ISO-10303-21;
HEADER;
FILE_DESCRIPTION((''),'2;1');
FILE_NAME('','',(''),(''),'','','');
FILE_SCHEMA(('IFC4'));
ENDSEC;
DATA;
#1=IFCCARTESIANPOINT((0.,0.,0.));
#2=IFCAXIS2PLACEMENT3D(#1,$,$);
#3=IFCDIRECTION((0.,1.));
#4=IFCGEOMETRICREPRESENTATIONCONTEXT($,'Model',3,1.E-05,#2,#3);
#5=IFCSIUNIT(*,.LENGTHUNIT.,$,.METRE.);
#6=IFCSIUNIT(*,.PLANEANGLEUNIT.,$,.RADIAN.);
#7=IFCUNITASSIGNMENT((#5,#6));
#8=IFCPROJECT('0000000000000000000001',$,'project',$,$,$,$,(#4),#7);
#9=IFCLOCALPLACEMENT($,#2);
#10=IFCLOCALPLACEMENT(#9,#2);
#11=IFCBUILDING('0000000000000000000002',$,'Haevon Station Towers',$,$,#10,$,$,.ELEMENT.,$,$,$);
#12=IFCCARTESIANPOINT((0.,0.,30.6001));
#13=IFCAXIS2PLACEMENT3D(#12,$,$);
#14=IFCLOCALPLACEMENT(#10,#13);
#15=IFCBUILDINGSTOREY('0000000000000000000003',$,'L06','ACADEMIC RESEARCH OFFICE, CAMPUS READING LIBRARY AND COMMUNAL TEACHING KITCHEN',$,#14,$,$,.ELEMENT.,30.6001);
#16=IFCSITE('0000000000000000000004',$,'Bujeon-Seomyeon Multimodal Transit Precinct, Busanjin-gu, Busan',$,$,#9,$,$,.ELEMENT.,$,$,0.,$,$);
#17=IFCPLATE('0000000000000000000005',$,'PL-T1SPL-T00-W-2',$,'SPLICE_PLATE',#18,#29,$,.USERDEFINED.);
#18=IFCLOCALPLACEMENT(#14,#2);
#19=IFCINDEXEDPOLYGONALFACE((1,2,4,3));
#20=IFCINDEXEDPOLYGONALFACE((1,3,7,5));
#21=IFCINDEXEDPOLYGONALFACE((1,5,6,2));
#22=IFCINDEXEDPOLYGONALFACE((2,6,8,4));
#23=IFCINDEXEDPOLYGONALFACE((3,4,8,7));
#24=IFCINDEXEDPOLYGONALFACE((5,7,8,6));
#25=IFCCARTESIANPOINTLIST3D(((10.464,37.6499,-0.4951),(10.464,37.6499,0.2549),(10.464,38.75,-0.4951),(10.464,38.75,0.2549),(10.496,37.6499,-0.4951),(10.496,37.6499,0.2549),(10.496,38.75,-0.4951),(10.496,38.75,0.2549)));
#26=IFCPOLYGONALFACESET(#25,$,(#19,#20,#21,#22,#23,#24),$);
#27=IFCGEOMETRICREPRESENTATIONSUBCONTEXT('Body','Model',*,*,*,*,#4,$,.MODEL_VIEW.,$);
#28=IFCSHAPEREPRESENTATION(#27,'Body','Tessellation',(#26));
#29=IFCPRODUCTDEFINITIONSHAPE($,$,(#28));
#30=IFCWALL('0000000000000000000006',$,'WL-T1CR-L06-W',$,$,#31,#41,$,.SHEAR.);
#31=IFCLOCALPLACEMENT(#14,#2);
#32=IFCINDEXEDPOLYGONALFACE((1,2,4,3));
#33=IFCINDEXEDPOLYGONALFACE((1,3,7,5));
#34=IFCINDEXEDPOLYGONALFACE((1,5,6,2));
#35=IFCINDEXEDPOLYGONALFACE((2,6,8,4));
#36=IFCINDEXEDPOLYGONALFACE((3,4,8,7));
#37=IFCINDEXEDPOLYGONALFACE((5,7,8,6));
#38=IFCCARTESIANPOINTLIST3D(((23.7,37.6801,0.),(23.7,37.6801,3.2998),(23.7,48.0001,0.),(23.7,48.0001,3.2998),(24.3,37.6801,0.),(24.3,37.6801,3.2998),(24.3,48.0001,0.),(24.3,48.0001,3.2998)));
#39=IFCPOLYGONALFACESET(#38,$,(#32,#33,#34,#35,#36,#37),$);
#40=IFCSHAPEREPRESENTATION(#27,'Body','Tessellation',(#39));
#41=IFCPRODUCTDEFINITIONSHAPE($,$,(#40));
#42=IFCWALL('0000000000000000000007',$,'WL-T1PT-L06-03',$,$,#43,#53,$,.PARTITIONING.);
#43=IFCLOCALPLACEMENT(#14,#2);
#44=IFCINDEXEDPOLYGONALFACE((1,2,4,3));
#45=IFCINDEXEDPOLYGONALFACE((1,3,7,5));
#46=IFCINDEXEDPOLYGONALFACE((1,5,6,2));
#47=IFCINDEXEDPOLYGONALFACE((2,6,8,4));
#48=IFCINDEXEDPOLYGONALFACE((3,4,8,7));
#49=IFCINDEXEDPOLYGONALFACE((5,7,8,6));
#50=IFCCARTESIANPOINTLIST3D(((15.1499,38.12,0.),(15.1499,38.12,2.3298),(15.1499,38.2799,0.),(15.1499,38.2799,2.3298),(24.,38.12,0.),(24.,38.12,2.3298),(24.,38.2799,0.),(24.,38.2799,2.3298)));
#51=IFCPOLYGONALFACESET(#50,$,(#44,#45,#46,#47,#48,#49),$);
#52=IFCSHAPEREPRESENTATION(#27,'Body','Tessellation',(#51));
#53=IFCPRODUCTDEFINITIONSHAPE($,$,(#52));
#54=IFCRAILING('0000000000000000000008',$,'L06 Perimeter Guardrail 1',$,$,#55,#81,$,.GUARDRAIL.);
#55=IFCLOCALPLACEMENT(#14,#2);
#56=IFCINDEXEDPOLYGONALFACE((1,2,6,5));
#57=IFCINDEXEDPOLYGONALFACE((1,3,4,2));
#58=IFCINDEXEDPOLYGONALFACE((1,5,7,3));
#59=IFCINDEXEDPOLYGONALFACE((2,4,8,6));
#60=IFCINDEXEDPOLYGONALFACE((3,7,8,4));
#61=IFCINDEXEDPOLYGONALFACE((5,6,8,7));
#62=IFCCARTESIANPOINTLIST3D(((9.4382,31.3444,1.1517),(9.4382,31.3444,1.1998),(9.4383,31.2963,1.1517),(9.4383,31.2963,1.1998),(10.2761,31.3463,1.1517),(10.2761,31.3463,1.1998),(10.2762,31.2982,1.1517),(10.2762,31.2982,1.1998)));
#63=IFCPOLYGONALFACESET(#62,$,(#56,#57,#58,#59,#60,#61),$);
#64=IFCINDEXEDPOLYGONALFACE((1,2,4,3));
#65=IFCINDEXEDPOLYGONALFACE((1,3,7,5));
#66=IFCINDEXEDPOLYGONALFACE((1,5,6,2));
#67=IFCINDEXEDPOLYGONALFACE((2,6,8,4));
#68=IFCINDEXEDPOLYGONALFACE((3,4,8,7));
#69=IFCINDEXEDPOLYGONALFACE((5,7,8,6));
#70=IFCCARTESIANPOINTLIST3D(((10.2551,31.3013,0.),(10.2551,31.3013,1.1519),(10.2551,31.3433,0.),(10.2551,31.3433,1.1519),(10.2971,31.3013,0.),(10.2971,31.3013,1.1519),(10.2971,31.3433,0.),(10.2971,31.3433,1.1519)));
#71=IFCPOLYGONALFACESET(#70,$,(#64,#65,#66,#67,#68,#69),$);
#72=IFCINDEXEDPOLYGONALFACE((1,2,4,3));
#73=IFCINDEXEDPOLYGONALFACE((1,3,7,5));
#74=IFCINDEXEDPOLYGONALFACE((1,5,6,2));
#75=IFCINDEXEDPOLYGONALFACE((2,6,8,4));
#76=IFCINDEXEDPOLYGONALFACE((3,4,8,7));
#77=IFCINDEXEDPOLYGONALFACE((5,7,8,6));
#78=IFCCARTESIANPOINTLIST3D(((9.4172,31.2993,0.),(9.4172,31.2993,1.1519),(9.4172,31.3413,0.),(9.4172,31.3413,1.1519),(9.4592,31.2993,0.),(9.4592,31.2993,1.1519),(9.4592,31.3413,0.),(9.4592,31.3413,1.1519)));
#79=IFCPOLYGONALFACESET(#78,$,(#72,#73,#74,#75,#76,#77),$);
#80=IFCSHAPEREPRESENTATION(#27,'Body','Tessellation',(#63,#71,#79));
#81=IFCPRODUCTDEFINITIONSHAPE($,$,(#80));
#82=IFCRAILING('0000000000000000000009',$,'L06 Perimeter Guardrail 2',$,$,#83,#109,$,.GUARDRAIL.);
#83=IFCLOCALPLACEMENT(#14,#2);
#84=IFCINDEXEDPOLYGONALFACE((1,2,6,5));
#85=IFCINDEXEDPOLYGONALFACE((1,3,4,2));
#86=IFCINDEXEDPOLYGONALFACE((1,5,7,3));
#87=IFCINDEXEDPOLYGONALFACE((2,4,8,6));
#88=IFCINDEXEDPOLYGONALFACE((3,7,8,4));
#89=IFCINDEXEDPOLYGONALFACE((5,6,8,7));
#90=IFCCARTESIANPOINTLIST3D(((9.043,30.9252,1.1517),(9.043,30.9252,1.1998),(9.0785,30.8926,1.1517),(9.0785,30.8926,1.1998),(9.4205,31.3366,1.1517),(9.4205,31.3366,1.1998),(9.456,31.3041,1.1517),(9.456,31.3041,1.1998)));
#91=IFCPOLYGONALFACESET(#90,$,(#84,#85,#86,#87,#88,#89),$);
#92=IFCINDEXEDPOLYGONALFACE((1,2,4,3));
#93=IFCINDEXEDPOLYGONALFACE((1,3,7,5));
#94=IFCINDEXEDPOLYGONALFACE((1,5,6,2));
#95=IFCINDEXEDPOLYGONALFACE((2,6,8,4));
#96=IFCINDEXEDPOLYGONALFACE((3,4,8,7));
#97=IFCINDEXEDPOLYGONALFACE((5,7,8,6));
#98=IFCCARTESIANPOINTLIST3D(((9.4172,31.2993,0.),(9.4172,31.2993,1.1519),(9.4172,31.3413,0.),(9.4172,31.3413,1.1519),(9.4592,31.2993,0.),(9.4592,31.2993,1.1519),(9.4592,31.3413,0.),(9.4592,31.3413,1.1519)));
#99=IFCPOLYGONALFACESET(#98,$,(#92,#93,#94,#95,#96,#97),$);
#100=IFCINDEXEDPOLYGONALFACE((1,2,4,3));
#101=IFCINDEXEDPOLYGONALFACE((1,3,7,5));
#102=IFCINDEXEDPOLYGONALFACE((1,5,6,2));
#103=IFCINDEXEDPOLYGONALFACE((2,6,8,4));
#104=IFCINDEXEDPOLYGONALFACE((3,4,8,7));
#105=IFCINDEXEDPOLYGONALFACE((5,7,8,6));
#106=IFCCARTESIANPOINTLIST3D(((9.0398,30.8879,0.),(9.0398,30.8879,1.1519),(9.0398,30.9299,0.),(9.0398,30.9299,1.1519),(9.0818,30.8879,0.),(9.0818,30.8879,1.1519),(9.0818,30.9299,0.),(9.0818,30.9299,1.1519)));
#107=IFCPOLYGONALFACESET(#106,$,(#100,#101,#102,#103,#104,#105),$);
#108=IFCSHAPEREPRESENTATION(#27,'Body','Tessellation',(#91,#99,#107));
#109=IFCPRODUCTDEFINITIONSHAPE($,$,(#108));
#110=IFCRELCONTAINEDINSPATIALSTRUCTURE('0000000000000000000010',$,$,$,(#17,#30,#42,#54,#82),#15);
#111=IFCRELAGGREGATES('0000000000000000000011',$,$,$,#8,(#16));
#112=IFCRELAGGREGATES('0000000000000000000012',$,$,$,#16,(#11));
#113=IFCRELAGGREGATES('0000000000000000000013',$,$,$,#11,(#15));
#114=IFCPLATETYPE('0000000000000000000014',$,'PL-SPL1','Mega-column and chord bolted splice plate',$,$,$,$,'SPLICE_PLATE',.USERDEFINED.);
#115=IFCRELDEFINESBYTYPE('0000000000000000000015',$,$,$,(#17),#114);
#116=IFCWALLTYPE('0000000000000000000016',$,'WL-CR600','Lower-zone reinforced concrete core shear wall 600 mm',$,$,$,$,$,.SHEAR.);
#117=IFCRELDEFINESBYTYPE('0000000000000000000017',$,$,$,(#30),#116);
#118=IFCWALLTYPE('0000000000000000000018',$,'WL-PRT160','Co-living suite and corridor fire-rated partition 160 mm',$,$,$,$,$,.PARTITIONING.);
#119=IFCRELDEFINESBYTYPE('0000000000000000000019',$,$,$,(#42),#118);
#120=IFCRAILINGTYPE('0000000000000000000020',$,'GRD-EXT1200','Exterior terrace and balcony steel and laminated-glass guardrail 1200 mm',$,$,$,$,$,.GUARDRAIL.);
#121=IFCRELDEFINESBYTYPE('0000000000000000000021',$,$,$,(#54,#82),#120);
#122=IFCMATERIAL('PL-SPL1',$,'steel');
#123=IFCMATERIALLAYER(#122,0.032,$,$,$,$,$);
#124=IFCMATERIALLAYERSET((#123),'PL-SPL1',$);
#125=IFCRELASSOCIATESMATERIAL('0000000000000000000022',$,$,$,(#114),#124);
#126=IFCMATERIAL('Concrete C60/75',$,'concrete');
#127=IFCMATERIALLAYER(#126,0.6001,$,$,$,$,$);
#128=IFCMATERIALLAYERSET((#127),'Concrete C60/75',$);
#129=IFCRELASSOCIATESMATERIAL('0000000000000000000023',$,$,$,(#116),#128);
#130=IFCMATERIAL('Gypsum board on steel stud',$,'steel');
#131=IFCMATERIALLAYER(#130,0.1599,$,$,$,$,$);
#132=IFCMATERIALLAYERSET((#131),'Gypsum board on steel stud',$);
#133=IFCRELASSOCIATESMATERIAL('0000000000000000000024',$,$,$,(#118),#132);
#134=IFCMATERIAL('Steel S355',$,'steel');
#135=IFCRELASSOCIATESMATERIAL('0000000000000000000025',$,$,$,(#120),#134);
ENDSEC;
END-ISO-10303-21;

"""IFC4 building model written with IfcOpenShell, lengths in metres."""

from ifc_helpers import new_model, si_unit, direction, frame, frame_2d, origin, origin_2d, place, context, subcontext, project, spatial, rectangle, extrude, material, layer, layer_set, type_object, element, save


model = new_model("IFC4")

# Units and contexts
model_context = context("Model", 3, precision=1e-05, world=origin(), true_north=direction((0.0, 1.0)))
body_context = subcontext(model_context, "Body", "Model", "MODEL_VIEW")
ifc_project = project(units=[si_unit("LENGTHUNIT", "METRE"), si_unit("PLANEANGLEUNIT", "RADIAN")], contexts=[model_context])

# Site, building, storey
site_placement = place(None, origin())
site = spatial("IfcSite", under=ifc_project, at=site_placement, Name="Bujeon-Seomyeon Multimodal Transit Precinct, Busanjin-gu, Busan", CompositionType="ELEMENT", RefElevation=0.0)
building_placement = place(site_placement, origin())
building = spatial("IfcBuilding", under=site, at=building_placement, Name="Haevon Station Towers", CompositionType="ELEMENT")
storey_placement = place(building_placement, frame((0.0, 0.0, 30.6001)))
storey = spatial("IfcBuildingStorey", under=building, at=storey_placement, Name="L06", Description="ACADEMIC RESEARCH OFFICE, CAMPUS READING LIBRARY AND COMMUNAL TEACHING KITCHEN", CompositionType="ELEMENT", Elevation=30.6001)

# Shared definitions
ifc_material_1 = material(Name="Steel S355", Category="steel")

# Plate
ifc_material_2 = material(Name="PL-SPL1", Category="steel")
ifc_layer_1 = layer(ifc_material_2, 0.032)
ifc_layer_set_1 = layer_set([ifc_layer_1], Name="PL-SPL1")
plate_type = type_object("IfcPlateType", Name="PL-SPL1", Description="Mega-column and chord bolted splice plate", ElementType="SPLICE_PLATE", PredefinedType="USERDEFINED", material=ifc_layer_set_1)
plate_placement = place(storey_placement, frame((10.48, 38.2, -0.4951), z_axis=(0.0, 0.0, 1.0), x_axis=(0.0, 1.0, 0.0)))
element("IfcPlate", 1, at=plate_placement, inside=storey, type_object=plate_type, Name="PL-T1SPL-T00-W-2", ObjectType="SPLICE_PLATE", PredefinedType="USERDEFINED", context=body_context, shape_type="SweptSolid", body=[
    extrude(rectangle(XDim=1.1001, YDim=0.032, at=origin_2d()), origin(), (0.0, 0.0, 1.0), 0.75),
])

# Walls
ifc_material_3 = material(Name="Concrete C60/75", Category="concrete")
ifc_layer_2 = layer(ifc_material_3, 0.6001)
ifc_layer_set_2 = layer_set([ifc_layer_2], Name="Concrete C60/75")
wall_type_1 = type_object("IfcWallType", Name="WL-CR600", Description="Lower-zone reinforced concrete core shear wall 600 mm", PredefinedType="SHEAR", material=ifc_layer_set_2)
wall_1_placement = place(storey_placement, frame((24.0, 37.6799, 0.0), z_axis=(0.0, 0.0, 1.0), x_axis=(0.0, 1.0, 0.0)))
element("IfcWall", 2, at=wall_1_placement, inside=storey, type_object=wall_type_1, Name="WL-T1CR-L06-W", PredefinedType="SHEAR", context=body_context, shape_type="SweptSolid", body=[
    extrude(rectangle(XDim=10.3201, YDim=0.6001, at=frame_2d((5.1602, 0.0))), origin(), (0.0, 0.0, 1.0), 3.2998),
])
ifc_material_4 = material(Name="Gypsum board on steel stud", Category="steel")
ifc_layer_3 = layer(ifc_material_4, 0.1599)
ifc_layer_set_3 = layer_set([ifc_layer_3], Name="Gypsum board on steel stud")
wall_type_2 = type_object("IfcWallType", Name="WL-PRT160", Description="Co-living suite and corridor fire-rated partition 160 mm", PredefinedType="PARTITIONING", material=ifc_layer_set_3)
wall_2_placement = place(storey_placement, frame((15.1499, 38.2, 0.0), z_axis=(0.0, 0.0, 1.0), x_axis=(1.0, 0.0, 0.0)))
element("IfcWall", 3, at=wall_2_placement, inside=storey, type_object=wall_type_2, Name="WL-T1PT-L06-03", PredefinedType="PARTITIONING", context=body_context, shape_type="SweptSolid", body=[
    extrude(rectangle(XDim=8.8501, YDim=0.1599, at=frame_2d((4.425, 0.0))), origin(), (0.0, 0.0, 1.0), 2.3298),
])

# Railings
railing_type = type_object("IfcRailingType", Name="GRD-EXT1200", Description="Exterior terrace and balcony steel and laminated-glass guardrail 1200 mm", PredefinedType="GUARDRAIL", material=ifc_material_1)
railing_1_placement = place(storey_placement, frame((10.2761, 31.3223, 0.0)))
element("IfcRailing", 4, at=railing_1_placement, inside=storey, type_object=railing_type, Name="L06 Perimeter Guardrail 1", PredefinedType="GUARDRAIL", context=body_context, shape_type="SweptSolid", body=[
    extrude(rectangle(XDim=0.0481, YDim=0.0481, at=origin_2d()), frame((0.0, 0.0, 1.1758), z_axis=(-0.999997, -0.002331, 0.0), x_axis=(0.002331, -0.999997, 0.0)), (0.0, 0.0, 1.0), 0.8379),
    extrude(rectangle(XDim=0.042, YDim=0.042, at=origin_2d()), origin(), (0.0, 0.0, 1.0), 1.1519),
    extrude(rectangle(XDim=0.042, YDim=0.042, at=origin_2d()), frame((-0.8379, -0.002, 0.0)), (0.0, 0.0, 1.0), 1.1519),
])
railing_2_placement = place(storey_placement, frame((9.4382, 31.3203, 0.0)))
element("IfcRailing", 5, at=railing_2_placement, inside=storey, type_object=railing_type, Name="L06 Perimeter Guardrail 2", PredefinedType="GUARDRAIL", context=body_context, shape_type="SweptSolid", body=[
    extrude(rectangle(XDim=0.0481, YDim=0.0481, at=origin_2d()), frame((0.0, 0.0, 1.1758), z_axis=(-0.676061, -0.736845, 0.0), x_axis=(0.736845, -0.676061, 0.0)), (0.0, 0.0, 1.0), 0.5583),
    extrude(rectangle(XDim=0.042, YDim=0.042, at=origin_2d()), origin(), (0.0, 0.0, 1.0), 1.1519),
    extrude(rectangle(XDim=0.042, YDim=0.042, at=origin_2d()), frame((-0.3774, -0.4114, 0.0)), (0.0, 0.0, 1.0), 1.1519),
])

save(model, "model.ifc")
